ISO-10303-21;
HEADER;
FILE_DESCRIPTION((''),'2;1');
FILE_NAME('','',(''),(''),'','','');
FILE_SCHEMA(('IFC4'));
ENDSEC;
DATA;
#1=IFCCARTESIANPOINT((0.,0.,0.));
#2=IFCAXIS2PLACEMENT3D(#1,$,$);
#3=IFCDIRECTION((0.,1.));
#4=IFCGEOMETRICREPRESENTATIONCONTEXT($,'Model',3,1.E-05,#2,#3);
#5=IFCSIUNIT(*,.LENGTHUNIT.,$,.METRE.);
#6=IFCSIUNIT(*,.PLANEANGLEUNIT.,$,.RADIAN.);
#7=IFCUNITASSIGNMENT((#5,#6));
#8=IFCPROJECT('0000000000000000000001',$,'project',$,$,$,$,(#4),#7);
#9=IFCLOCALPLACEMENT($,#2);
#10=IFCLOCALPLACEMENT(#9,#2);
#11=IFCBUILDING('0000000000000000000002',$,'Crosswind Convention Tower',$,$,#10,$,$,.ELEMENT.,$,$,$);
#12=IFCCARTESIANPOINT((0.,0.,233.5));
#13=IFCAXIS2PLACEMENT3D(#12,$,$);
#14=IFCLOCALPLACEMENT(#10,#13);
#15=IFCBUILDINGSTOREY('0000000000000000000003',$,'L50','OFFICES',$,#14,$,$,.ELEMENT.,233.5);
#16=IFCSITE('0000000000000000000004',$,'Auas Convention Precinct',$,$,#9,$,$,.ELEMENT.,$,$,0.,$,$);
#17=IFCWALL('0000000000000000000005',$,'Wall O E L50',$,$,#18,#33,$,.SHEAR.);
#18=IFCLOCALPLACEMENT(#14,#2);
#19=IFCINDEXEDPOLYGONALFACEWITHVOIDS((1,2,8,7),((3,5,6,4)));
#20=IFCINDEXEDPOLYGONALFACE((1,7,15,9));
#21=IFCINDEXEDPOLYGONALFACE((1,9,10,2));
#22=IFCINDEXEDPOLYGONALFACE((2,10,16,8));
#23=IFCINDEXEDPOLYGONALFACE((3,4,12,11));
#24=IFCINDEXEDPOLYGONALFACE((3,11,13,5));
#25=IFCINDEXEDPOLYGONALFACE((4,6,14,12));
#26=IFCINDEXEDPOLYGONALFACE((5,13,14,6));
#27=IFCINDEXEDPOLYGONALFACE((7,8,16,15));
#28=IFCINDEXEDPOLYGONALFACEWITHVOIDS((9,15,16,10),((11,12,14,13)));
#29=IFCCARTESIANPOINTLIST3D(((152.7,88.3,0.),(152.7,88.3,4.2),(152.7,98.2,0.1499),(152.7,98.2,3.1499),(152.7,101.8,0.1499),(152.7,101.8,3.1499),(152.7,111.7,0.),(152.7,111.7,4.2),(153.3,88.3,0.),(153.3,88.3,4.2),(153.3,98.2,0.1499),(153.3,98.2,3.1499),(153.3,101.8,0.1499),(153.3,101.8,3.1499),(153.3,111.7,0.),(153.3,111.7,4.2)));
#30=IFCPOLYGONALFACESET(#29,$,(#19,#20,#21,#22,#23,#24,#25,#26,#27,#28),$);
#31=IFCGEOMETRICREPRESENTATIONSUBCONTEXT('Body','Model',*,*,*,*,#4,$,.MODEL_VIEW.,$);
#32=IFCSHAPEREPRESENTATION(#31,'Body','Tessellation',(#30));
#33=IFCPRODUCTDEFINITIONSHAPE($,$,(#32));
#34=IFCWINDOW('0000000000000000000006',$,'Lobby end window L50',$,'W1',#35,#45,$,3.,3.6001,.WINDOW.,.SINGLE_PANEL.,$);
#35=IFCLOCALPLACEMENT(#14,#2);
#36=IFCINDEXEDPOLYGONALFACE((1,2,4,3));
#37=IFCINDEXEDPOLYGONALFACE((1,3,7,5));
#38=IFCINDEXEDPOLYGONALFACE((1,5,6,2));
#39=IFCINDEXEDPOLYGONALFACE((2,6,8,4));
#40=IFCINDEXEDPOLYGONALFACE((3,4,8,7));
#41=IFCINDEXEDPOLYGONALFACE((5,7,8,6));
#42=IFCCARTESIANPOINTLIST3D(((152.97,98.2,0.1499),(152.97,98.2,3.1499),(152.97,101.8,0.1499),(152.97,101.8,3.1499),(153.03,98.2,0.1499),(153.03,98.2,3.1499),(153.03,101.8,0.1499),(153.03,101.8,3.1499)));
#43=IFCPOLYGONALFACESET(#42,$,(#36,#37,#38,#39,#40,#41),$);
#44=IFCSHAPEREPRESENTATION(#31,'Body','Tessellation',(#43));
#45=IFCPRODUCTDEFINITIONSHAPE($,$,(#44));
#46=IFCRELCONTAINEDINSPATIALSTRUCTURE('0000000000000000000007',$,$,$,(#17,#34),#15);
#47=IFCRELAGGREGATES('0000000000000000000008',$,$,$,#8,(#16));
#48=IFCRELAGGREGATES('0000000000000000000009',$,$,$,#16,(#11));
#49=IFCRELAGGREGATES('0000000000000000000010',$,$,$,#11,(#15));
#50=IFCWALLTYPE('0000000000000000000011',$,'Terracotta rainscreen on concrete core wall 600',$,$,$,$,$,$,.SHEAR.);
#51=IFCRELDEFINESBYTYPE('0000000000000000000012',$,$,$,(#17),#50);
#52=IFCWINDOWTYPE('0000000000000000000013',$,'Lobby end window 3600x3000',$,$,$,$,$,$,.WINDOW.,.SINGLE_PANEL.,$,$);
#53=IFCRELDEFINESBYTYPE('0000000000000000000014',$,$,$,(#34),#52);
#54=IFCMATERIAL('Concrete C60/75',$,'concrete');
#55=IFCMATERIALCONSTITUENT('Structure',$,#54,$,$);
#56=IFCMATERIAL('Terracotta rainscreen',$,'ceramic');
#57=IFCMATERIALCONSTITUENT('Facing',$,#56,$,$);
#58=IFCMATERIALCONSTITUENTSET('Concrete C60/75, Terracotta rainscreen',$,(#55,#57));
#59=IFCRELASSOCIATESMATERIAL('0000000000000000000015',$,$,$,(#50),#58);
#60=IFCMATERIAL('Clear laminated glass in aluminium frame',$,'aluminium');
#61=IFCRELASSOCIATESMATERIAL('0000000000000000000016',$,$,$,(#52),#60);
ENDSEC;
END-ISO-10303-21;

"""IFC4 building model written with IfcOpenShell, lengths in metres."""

from ifc_helpers import new_model, si_unit, direction, frame, frame_2d, origin, place, context, subcontext, project, spatial, rectangle, extrude, material, constituent, constituent_set, type_object, element, fill, save


model = new_model("IFC4")

# Units and contexts
model_context = context("Model", 3, precision=1e-05, world=origin(), true_north=direction((0.0, 1.0)))
body_context = subcontext(model_context, "Body", "Model", "MODEL_VIEW")
ifc_project = project(units=[si_unit("LENGTHUNIT", "METRE"), si_unit("PLANEANGLEUNIT", "RADIAN")], contexts=[model_context])

# Site, building, storey
site_placement = place(None, origin())
site = spatial("IfcSite", under=ifc_project, at=site_placement, Name="Auas Convention Precinct", CompositionType="ELEMENT", RefElevation=0.0)
building_placement = place(site_placement, origin())
building = spatial("IfcBuilding", under=site, at=building_placement, Name="Crosswind Convention Tower", CompositionType="ELEMENT")
storey_placement = place(building_placement, frame((0.0, 0.0, 233.5)))
storey = spatial("IfcBuildingStorey", under=building, at=storey_placement, Name="L50", Description="OFFICES", CompositionType="ELEMENT", Elevation=233.5)

# Wall, opening, window
ifc_material_1 = material(Name="Concrete C60/75", Category="concrete")
ifc_constituent_1 = constituent(ifc_material_1, Name="Structure")
ifc_material_2 = material(Name="Terracotta rainscreen", Category="ceramic")
ifc_constituent_2 = constituent(ifc_material_2, Name="Facing")
ifc_constituent_set = constituent_set(constituents=[ifc_constituent_1, ifc_constituent_2], Name="Concrete C60/75, Terracotta rainscreen")
wall_type_1 = type_object("IfcWallType", Name="Terracotta rainscreen on concrete core wall 600", PredefinedType="SHEAR", material=ifc_constituent_set)
wall_1_placement = place(storey_placement, frame((153.0, 88.3, 0.0), z_axis=(0.0, 0.0, 1.0), x_axis=(0.0, 1.0, 0.0)))
wall_1 = element("IfcWall", 1, at=wall_1_placement, inside=storey, type_object=wall_type_1, Name="Wall O E L50", PredefinedType="SHEAR", context=body_context, shape_type="SweptSolid", body=[
    extrude(rectangle(XDim=23.3999, YDim=0.6001, at=frame_2d((11.7, 0.0))), origin(), (0.0, 0.0, 1.0), 4.2),
])
opening_1_placement = place(wall_1_placement, frame((9.8999, 0.0, 0.1499)))
opening_1 = element("IfcOpeningElement", 2, at=opening_1_placement, cuts=wall_1, PredefinedType="OPENING", context=body_context, shape_type="SweptSolid", body=[
    extrude(rectangle(XDim=3.6001, YDim=3.0, at=frame_2d((1.8, 1.5))), frame((0.0, 0.3101, 0.0), z_axis=(0.0, -1.0, 0.0), x_axis=(1.0, 0.0, 0.0)), (0.0, 0.0, 1.0), 0.6201),
])
ifc_material_3 = material(Name="Clear laminated glass in aluminium frame", Category="aluminium")
window_type = type_object("IfcWindowType", Name="Lobby end window 3600x3000", PartitioningType="SINGLE_PANEL", PredefinedType="WINDOW", material=ifc_material_3)
window_placement = place(opening_1_placement, origin())
window = element("IfcWindow", 3, at=window_placement, inside=storey, type_object=window_type, Name="Lobby end window L50", ObjectType="W1", OverallHeight=3.0, OverallWidth=3.6001, PartitioningType="SINGLE_PANEL", PredefinedType="WINDOW", context=body_context, shape_type="SweptSolid", body=[
    extrude(rectangle(XDim=3.6001, YDim=3.0, at=frame_2d((1.8, 1.5))), frame((0.0, 0.03, 0.0), z_axis=(0.0, -1.0, 0.0), x_axis=(1.0, 0.0, 0.0)), (0.0, 0.0, 1.0), 0.0601),
])
fill(opening_1, window)

save(model, "model.ifc")
